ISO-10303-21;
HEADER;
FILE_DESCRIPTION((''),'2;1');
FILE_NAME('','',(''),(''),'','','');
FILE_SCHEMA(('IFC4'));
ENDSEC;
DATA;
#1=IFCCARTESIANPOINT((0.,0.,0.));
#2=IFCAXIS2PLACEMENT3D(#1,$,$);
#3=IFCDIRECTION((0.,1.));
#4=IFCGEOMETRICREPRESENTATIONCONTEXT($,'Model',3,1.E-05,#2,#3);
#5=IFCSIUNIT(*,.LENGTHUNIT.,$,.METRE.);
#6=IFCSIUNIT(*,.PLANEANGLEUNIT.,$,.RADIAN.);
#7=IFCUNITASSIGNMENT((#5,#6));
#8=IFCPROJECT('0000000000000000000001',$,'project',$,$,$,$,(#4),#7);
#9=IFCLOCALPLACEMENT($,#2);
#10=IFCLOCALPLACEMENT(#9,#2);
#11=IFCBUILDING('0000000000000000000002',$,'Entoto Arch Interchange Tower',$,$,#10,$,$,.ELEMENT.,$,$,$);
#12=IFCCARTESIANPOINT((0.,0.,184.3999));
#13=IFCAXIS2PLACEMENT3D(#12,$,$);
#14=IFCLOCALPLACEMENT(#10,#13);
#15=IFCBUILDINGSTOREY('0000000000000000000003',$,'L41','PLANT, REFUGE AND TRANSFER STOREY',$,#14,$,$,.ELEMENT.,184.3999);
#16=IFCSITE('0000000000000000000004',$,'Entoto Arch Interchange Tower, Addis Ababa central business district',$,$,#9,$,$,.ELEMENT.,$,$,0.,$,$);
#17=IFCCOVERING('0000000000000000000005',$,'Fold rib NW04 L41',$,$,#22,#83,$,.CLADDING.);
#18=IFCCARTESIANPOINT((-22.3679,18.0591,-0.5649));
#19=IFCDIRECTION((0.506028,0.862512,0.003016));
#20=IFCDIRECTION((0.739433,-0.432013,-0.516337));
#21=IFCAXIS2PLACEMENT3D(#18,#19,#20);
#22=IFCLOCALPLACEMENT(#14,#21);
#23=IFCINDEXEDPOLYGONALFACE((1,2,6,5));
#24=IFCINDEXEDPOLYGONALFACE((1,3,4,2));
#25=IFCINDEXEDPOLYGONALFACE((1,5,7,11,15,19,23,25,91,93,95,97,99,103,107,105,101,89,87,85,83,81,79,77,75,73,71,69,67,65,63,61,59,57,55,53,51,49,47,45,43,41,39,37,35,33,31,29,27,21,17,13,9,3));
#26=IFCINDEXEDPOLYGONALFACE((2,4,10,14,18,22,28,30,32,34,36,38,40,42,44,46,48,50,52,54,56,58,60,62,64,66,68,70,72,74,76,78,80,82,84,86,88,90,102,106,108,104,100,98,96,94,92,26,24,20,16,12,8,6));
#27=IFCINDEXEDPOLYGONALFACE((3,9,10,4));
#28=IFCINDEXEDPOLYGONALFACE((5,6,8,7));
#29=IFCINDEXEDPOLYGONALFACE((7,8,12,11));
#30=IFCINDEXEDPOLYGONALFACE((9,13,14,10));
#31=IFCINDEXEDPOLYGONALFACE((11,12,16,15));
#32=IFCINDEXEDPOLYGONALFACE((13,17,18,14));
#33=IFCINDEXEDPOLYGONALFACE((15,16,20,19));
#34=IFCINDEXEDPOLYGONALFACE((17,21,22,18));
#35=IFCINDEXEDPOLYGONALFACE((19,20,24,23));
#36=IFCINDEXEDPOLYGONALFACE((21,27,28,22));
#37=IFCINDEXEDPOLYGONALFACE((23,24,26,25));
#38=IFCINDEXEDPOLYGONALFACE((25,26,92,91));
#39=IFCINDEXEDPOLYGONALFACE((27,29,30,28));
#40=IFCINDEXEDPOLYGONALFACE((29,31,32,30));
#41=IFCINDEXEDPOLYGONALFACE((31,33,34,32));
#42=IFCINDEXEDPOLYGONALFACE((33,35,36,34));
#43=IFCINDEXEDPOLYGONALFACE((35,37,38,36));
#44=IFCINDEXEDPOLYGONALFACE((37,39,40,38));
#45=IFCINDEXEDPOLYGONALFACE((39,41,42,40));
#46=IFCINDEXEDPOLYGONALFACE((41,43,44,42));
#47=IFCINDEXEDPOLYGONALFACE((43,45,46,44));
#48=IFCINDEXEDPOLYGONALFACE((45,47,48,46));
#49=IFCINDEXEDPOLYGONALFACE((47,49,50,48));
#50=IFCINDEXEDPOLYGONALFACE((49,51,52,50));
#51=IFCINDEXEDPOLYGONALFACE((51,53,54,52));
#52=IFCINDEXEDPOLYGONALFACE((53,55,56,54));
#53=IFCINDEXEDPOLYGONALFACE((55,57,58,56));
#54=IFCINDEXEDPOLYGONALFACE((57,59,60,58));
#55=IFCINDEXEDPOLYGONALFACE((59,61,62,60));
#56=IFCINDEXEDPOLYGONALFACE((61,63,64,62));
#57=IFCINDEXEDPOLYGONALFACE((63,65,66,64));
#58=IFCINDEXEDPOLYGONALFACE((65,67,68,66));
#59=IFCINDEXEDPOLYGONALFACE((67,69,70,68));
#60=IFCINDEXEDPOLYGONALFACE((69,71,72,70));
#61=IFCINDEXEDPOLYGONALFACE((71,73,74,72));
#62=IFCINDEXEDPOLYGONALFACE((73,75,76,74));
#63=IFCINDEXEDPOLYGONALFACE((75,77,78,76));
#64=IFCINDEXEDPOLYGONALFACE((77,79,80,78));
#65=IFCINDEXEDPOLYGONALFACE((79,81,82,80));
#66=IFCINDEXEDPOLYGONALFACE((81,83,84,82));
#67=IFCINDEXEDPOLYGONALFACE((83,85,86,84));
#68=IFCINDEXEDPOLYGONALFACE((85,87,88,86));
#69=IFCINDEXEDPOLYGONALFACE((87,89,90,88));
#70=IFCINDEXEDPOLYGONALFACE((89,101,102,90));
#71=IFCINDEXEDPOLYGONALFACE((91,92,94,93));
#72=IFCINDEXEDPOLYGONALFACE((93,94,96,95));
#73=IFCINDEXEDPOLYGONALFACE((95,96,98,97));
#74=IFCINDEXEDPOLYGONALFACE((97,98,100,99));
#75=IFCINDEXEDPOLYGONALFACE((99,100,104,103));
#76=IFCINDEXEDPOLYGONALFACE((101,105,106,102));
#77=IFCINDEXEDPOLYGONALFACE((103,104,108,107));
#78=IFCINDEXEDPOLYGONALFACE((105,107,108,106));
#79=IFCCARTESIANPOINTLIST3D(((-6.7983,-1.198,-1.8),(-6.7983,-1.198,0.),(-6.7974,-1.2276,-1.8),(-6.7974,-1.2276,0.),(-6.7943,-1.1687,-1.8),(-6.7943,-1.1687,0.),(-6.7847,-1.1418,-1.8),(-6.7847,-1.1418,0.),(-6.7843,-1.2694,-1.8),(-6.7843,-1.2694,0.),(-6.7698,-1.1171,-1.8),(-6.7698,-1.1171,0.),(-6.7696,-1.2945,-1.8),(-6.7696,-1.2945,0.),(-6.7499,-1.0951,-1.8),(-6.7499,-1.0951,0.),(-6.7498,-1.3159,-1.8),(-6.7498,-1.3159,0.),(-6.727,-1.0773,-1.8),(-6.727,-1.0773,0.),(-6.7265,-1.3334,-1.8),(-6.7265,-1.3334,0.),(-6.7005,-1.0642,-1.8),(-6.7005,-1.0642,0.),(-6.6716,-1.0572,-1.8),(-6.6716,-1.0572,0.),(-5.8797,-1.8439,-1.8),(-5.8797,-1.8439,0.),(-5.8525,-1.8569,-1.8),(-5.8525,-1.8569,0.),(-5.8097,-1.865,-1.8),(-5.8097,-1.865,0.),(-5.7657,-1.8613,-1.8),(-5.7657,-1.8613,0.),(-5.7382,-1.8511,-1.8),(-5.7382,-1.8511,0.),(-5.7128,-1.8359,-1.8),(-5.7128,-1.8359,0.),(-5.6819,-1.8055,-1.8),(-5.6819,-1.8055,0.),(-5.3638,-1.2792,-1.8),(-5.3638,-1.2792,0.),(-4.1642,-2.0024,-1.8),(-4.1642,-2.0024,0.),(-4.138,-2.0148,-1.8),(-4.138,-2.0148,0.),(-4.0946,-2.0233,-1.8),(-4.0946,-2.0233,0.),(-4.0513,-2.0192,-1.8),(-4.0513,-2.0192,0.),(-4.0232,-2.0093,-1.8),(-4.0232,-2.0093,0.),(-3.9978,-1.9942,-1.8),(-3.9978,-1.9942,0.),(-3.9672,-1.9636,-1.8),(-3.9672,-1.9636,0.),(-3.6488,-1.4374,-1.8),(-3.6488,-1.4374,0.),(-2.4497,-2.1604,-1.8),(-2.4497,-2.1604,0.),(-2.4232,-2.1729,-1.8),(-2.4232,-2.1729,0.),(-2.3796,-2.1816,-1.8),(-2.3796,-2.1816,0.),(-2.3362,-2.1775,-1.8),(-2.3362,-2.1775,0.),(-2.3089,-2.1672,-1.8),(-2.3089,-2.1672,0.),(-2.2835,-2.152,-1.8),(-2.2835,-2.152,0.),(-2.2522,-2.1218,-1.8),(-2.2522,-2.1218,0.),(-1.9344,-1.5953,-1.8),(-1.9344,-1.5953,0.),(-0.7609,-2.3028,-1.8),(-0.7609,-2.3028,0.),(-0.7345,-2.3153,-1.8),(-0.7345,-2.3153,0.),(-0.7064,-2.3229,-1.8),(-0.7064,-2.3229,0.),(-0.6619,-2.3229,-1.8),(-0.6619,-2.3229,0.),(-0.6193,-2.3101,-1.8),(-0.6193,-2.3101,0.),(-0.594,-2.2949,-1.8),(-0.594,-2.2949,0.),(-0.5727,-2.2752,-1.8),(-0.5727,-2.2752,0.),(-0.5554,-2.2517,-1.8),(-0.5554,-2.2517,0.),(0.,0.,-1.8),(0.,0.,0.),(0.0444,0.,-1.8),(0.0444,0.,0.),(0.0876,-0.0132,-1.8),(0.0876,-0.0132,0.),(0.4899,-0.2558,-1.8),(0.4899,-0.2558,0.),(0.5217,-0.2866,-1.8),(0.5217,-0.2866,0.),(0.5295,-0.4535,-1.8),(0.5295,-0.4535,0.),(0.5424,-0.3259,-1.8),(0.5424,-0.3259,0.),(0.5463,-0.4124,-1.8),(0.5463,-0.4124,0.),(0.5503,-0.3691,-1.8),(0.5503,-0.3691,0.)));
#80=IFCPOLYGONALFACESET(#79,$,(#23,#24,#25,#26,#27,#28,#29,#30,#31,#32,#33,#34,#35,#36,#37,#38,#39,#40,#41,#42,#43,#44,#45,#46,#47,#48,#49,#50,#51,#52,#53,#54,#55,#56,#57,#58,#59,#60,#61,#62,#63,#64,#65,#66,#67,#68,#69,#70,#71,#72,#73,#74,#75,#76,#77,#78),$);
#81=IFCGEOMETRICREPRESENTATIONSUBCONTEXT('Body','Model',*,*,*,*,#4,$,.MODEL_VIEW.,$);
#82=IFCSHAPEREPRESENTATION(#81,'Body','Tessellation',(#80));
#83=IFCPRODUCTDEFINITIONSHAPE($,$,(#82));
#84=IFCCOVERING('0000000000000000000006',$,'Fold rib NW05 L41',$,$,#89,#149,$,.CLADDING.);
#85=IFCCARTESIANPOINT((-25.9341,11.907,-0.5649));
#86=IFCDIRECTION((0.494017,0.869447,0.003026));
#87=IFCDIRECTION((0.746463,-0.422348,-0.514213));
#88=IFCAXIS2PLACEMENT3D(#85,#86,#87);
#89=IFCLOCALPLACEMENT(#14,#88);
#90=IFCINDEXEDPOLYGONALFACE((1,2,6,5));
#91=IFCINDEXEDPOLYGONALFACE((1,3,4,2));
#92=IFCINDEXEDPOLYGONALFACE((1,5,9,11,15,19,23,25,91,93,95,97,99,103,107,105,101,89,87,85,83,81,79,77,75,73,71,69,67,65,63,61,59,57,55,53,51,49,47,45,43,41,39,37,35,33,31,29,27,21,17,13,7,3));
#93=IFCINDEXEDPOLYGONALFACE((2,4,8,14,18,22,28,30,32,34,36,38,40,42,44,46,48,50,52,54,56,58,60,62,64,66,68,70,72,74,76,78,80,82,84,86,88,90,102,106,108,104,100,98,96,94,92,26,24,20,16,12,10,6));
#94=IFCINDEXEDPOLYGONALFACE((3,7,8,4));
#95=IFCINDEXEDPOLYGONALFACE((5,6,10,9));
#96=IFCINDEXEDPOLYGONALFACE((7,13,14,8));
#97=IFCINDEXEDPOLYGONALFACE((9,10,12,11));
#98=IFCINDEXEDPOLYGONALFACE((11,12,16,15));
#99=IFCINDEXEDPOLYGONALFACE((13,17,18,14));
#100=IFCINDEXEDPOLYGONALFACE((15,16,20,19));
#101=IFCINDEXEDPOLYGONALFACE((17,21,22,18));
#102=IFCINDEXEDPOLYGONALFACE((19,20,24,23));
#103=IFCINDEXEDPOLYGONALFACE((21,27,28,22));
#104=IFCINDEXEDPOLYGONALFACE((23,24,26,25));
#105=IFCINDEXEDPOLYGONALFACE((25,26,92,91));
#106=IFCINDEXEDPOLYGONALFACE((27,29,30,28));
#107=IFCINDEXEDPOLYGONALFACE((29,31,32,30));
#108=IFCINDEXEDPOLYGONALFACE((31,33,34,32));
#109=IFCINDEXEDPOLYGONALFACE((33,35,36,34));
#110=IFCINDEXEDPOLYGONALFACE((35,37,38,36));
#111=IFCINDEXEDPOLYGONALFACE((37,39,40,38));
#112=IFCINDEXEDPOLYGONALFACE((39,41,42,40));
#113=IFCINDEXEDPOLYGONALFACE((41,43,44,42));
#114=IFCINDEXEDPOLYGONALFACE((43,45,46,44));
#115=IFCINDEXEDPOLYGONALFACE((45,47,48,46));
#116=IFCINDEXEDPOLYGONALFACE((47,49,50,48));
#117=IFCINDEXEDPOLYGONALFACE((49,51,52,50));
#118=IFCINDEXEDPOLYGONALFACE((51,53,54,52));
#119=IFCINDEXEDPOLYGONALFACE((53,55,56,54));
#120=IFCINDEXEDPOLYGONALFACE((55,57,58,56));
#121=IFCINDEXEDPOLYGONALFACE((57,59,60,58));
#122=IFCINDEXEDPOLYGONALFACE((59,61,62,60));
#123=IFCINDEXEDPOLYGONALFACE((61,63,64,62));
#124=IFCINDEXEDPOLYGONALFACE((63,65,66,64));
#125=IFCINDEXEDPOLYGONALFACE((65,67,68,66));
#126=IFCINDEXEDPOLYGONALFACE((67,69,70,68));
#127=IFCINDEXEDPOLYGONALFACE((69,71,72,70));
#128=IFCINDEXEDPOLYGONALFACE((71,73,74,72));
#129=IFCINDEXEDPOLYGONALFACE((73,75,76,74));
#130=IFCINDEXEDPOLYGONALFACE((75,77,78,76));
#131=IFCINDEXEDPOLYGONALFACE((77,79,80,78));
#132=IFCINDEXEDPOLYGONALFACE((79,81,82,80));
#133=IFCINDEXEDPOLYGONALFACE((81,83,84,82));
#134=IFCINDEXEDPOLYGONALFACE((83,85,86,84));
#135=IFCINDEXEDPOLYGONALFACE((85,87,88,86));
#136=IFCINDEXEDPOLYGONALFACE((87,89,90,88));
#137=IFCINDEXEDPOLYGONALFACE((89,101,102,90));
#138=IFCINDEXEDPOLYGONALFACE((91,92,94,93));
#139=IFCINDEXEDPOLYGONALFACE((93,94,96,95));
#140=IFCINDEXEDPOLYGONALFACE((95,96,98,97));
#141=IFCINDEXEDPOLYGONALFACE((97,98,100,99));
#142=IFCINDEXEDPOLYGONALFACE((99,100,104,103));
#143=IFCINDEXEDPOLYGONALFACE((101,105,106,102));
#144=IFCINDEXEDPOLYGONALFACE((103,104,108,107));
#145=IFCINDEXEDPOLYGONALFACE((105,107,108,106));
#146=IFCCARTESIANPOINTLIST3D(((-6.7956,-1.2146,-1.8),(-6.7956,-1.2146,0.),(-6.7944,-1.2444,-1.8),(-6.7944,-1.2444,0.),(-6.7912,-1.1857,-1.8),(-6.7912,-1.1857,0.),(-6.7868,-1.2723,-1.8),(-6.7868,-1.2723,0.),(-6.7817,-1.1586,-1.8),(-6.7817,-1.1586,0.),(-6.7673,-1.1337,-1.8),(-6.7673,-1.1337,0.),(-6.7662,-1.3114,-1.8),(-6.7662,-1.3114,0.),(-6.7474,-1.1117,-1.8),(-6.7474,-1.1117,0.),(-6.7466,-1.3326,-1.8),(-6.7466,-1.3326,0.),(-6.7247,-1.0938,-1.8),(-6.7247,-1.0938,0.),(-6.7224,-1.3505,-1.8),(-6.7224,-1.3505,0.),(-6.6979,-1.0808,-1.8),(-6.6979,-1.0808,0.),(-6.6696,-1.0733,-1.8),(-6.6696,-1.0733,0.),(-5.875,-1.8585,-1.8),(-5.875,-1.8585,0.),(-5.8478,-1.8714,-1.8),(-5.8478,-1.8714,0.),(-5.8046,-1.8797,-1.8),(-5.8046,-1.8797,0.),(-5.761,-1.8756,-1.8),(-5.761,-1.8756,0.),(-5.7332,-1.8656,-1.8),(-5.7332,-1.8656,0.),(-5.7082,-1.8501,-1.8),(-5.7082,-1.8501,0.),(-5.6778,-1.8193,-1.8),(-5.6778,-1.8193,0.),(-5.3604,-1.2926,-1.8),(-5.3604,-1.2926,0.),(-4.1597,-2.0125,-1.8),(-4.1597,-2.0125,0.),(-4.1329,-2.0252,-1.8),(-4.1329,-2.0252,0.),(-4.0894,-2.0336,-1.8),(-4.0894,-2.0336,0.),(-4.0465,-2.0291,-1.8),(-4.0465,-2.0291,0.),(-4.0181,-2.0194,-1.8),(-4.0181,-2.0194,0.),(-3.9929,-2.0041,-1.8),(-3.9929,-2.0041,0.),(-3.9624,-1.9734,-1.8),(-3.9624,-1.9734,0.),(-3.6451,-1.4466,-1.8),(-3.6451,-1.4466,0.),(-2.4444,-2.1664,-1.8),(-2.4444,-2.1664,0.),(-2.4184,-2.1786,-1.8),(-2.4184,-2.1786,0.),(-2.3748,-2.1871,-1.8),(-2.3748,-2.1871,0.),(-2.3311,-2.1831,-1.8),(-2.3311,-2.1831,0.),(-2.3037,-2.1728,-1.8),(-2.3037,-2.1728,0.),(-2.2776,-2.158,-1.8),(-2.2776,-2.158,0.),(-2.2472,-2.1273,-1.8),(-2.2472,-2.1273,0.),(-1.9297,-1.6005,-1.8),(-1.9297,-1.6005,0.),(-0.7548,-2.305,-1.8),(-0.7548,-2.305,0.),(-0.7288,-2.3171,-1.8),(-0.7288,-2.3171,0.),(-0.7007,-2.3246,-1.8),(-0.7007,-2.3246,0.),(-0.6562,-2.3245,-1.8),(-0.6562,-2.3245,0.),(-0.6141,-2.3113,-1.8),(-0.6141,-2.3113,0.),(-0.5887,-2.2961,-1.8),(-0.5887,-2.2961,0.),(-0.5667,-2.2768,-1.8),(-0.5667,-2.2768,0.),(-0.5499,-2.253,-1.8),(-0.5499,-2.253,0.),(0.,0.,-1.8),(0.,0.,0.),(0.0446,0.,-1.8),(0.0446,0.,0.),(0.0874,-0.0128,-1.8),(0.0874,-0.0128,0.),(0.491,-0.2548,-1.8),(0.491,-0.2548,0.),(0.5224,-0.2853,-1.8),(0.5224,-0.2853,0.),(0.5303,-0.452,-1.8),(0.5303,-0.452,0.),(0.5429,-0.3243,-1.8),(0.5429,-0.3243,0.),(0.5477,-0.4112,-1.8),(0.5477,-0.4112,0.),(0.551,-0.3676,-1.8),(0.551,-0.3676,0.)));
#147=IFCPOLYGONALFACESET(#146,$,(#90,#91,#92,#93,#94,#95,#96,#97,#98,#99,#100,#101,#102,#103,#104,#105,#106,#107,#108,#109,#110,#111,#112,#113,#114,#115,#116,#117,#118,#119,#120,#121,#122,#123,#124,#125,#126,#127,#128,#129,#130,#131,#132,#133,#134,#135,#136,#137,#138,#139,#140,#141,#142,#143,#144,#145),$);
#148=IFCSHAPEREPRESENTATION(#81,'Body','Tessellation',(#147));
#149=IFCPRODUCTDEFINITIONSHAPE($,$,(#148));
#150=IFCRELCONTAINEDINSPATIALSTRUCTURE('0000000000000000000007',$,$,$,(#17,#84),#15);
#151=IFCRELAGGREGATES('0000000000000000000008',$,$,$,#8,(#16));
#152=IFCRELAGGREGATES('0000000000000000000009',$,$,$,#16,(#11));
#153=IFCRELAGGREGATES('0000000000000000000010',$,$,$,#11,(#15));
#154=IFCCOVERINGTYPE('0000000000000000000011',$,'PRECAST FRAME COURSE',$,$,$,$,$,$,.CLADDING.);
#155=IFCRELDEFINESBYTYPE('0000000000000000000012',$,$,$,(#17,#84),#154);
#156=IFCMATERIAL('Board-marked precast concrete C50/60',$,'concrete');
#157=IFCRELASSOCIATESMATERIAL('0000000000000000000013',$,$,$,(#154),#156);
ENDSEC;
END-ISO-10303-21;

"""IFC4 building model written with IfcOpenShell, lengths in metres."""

from ifc_helpers import new_model, si_unit, direction, frame, origin, place, context, subcontext, project, spatial, polyline, outline, extrude, material, type_object, element, save


model = new_model("IFC4")

# Units and contexts
model_context = context("Model", 3, precision=1e-05, world=origin(), true_north=direction((0.0, 1.0)))
body_context = subcontext(model_context, "Body", "Model", "MODEL_VIEW")
ifc_project = project(units=[si_unit("LENGTHUNIT", "METRE"), si_unit("PLANEANGLEUNIT", "RADIAN")], contexts=[model_context])

# Site, building, storey
site_placement = place(None, origin())
site = spatial("IfcSite", under=ifc_project, at=site_placement, Name="Entoto Arch Interchange Tower, Addis Ababa central business district", CompositionType="ELEMENT", RefElevation=0.0)
building_placement = place(site_placement, origin())
building = spatial("IfcBuilding", under=site, at=building_placement, Name="Entoto Arch Interchange Tower", CompositionType="ELEMENT")
storey_placement = place(building_placement, frame((0.0, 0.0, 184.3999)))
storey = spatial("IfcBuildingStorey", under=building, at=storey_placement, Name="L41", Description="PLANT, REFUGE AND TRANSFER STOREY", CompositionType="ELEMENT", Elevation=184.3999)

# Shared definitions
ifc_material_1 = material(Name="Board-marked precast concrete C50/60", Category="concrete")

# Coverings
covering_type = type_object("IfcCoveringType", Name="PRECAST FRAME COURSE", PredefinedType="CLADDING", material=ifc_material_1)
covering_1_placement = place(storey_placement, frame((-22.3679, 18.0591, -0.5649), z_axis=(0.506028, 0.862512, 0.003016), x_axis=(0.739433, -0.432013, -0.516337)))
element("IfcCovering", 1, at=covering_1_placement, inside=storey, type_object=covering_type, Name="Fold rib NW04 L41", PredefinedType="CLADDING", context=body_context, shape_type="SweptSolid", body=[
    extrude(outline(polyline([(0.0, 0.0), (0.0444, 0.0), (0.0876, -0.0132), (0.4899, -0.2558), (0.5217, -0.2866), (0.5424, -0.3259), (0.5503, -0.3691), (0.5463, -0.4124), (0.5295, -0.4535), (-0.5554, -2.2517), (-0.5727, -2.2752), (-0.594, -2.2949), (-0.6193, -2.3101), (-0.6619, -2.3229), (-0.7064, -2.3229), (-0.7345, -2.3153), (-0.7609, -2.3028), (-1.9344, -1.5953), (-2.2522, -2.1218), (-2.2835, -2.152), (-2.3089, -2.1672), (-2.3362, -2.1775), (-2.3796, -2.1816), (-2.4232, -2.1729), (-2.4497, -2.1604), (-3.6488, -1.4374), (-3.9672, -1.9636), (-3.9978, -1.9942), (-4.0232, -2.0093), (-4.0513, -2.0192), (-4.0946, -2.0233), (-4.138, -2.0148), (-4.1642, -2.0024), (-5.3638, -1.2792), (-5.6819, -1.8055), (-5.7128, -1.8359), (-5.7382, -1.8511), (-5.7657, -1.8613), (-5.8097, -1.865), (-5.8525, -1.8569), (-5.8797, -1.8439), (-6.7265, -1.3334), (-6.7498, -1.3159), (-6.7696, -1.2945), (-6.7843, -1.2694), (-6.7974, -1.2276), (-6.7983, -1.198), (-6.7943, -1.1687), (-6.7847, -1.1418), (-6.7698, -1.1171), (-6.7499, -1.0951), (-6.727, -1.0773), (-6.7005, -1.0642), (-6.6716, -1.0572), (0.0, 0.0)])), origin(), (0.0, 0.0, -1.0), 1.8),
])
covering_2_placement = place(storey_placement, frame((-25.9341, 11.907, -0.5649), z_axis=(0.494017, 0.869447, 0.003026), x_axis=(0.746463, -0.422348, -0.514213)))
element("IfcCovering", 2, at=covering_2_placement, inside=storey, type_object=covering_type, Name="Fold rib NW05 L41", PredefinedType="CLADDING", context=body_context, shape_type="SweptSolid", body=[
    extrude(outline(polyline([(0.0, 0.0), (0.0446, 0.0), (0.0874, -0.0128), (0.491, -0.2548), (0.5224, -0.2853), (0.5429, -0.3243), (0.551, -0.3676), (0.5477, -0.4112), (0.5303, -0.452), (-0.5499, -2.253), (-0.5667, -2.2768), (-0.5887, -2.2961), (-0.6141, -2.3113), (-0.6562, -2.3245), (-0.7007, -2.3246), (-0.7288, -2.3171), (-0.7548, -2.305), (-1.9297, -1.6005), (-2.2472, -2.1273), (-2.2776, -2.158), (-2.3037, -2.1728), (-2.3311, -2.1831), (-2.3748, -2.1871), (-2.4184, -2.1786), (-2.4444, -2.1664), (-3.6451, -1.4466), (-3.9624, -1.9734), (-3.9929, -2.0041), (-4.0181, -2.0194), (-4.0465, -2.0291), (-4.0894, -2.0336), (-4.1329, -2.0252), (-4.1597, -2.0125), (-5.3604, -1.2926), (-5.6778, -1.8193), (-5.7082, -1.8501), (-5.7332, -1.8656), (-5.761, -1.8756), (-5.8046, -1.8797), (-5.8478, -1.8714), (-5.875, -1.8585), (-6.7224, -1.3505), (-6.7466, -1.3326), (-6.7662, -1.3114), (-6.7868, -1.2723), (-6.7944, -1.2444), (-6.7956, -1.2146), (-6.7912, -1.1857), (-6.7817, -1.1586), (-6.7673, -1.1337), (-6.7474, -1.1117), (-6.7247, -1.0938), (-6.6979, -1.0808), (-6.6696, -1.0733), (0.0, 0.0)])), origin(), (0.0, 0.0, -1.0), 1.8),
])

save(model, "model.ifc")
